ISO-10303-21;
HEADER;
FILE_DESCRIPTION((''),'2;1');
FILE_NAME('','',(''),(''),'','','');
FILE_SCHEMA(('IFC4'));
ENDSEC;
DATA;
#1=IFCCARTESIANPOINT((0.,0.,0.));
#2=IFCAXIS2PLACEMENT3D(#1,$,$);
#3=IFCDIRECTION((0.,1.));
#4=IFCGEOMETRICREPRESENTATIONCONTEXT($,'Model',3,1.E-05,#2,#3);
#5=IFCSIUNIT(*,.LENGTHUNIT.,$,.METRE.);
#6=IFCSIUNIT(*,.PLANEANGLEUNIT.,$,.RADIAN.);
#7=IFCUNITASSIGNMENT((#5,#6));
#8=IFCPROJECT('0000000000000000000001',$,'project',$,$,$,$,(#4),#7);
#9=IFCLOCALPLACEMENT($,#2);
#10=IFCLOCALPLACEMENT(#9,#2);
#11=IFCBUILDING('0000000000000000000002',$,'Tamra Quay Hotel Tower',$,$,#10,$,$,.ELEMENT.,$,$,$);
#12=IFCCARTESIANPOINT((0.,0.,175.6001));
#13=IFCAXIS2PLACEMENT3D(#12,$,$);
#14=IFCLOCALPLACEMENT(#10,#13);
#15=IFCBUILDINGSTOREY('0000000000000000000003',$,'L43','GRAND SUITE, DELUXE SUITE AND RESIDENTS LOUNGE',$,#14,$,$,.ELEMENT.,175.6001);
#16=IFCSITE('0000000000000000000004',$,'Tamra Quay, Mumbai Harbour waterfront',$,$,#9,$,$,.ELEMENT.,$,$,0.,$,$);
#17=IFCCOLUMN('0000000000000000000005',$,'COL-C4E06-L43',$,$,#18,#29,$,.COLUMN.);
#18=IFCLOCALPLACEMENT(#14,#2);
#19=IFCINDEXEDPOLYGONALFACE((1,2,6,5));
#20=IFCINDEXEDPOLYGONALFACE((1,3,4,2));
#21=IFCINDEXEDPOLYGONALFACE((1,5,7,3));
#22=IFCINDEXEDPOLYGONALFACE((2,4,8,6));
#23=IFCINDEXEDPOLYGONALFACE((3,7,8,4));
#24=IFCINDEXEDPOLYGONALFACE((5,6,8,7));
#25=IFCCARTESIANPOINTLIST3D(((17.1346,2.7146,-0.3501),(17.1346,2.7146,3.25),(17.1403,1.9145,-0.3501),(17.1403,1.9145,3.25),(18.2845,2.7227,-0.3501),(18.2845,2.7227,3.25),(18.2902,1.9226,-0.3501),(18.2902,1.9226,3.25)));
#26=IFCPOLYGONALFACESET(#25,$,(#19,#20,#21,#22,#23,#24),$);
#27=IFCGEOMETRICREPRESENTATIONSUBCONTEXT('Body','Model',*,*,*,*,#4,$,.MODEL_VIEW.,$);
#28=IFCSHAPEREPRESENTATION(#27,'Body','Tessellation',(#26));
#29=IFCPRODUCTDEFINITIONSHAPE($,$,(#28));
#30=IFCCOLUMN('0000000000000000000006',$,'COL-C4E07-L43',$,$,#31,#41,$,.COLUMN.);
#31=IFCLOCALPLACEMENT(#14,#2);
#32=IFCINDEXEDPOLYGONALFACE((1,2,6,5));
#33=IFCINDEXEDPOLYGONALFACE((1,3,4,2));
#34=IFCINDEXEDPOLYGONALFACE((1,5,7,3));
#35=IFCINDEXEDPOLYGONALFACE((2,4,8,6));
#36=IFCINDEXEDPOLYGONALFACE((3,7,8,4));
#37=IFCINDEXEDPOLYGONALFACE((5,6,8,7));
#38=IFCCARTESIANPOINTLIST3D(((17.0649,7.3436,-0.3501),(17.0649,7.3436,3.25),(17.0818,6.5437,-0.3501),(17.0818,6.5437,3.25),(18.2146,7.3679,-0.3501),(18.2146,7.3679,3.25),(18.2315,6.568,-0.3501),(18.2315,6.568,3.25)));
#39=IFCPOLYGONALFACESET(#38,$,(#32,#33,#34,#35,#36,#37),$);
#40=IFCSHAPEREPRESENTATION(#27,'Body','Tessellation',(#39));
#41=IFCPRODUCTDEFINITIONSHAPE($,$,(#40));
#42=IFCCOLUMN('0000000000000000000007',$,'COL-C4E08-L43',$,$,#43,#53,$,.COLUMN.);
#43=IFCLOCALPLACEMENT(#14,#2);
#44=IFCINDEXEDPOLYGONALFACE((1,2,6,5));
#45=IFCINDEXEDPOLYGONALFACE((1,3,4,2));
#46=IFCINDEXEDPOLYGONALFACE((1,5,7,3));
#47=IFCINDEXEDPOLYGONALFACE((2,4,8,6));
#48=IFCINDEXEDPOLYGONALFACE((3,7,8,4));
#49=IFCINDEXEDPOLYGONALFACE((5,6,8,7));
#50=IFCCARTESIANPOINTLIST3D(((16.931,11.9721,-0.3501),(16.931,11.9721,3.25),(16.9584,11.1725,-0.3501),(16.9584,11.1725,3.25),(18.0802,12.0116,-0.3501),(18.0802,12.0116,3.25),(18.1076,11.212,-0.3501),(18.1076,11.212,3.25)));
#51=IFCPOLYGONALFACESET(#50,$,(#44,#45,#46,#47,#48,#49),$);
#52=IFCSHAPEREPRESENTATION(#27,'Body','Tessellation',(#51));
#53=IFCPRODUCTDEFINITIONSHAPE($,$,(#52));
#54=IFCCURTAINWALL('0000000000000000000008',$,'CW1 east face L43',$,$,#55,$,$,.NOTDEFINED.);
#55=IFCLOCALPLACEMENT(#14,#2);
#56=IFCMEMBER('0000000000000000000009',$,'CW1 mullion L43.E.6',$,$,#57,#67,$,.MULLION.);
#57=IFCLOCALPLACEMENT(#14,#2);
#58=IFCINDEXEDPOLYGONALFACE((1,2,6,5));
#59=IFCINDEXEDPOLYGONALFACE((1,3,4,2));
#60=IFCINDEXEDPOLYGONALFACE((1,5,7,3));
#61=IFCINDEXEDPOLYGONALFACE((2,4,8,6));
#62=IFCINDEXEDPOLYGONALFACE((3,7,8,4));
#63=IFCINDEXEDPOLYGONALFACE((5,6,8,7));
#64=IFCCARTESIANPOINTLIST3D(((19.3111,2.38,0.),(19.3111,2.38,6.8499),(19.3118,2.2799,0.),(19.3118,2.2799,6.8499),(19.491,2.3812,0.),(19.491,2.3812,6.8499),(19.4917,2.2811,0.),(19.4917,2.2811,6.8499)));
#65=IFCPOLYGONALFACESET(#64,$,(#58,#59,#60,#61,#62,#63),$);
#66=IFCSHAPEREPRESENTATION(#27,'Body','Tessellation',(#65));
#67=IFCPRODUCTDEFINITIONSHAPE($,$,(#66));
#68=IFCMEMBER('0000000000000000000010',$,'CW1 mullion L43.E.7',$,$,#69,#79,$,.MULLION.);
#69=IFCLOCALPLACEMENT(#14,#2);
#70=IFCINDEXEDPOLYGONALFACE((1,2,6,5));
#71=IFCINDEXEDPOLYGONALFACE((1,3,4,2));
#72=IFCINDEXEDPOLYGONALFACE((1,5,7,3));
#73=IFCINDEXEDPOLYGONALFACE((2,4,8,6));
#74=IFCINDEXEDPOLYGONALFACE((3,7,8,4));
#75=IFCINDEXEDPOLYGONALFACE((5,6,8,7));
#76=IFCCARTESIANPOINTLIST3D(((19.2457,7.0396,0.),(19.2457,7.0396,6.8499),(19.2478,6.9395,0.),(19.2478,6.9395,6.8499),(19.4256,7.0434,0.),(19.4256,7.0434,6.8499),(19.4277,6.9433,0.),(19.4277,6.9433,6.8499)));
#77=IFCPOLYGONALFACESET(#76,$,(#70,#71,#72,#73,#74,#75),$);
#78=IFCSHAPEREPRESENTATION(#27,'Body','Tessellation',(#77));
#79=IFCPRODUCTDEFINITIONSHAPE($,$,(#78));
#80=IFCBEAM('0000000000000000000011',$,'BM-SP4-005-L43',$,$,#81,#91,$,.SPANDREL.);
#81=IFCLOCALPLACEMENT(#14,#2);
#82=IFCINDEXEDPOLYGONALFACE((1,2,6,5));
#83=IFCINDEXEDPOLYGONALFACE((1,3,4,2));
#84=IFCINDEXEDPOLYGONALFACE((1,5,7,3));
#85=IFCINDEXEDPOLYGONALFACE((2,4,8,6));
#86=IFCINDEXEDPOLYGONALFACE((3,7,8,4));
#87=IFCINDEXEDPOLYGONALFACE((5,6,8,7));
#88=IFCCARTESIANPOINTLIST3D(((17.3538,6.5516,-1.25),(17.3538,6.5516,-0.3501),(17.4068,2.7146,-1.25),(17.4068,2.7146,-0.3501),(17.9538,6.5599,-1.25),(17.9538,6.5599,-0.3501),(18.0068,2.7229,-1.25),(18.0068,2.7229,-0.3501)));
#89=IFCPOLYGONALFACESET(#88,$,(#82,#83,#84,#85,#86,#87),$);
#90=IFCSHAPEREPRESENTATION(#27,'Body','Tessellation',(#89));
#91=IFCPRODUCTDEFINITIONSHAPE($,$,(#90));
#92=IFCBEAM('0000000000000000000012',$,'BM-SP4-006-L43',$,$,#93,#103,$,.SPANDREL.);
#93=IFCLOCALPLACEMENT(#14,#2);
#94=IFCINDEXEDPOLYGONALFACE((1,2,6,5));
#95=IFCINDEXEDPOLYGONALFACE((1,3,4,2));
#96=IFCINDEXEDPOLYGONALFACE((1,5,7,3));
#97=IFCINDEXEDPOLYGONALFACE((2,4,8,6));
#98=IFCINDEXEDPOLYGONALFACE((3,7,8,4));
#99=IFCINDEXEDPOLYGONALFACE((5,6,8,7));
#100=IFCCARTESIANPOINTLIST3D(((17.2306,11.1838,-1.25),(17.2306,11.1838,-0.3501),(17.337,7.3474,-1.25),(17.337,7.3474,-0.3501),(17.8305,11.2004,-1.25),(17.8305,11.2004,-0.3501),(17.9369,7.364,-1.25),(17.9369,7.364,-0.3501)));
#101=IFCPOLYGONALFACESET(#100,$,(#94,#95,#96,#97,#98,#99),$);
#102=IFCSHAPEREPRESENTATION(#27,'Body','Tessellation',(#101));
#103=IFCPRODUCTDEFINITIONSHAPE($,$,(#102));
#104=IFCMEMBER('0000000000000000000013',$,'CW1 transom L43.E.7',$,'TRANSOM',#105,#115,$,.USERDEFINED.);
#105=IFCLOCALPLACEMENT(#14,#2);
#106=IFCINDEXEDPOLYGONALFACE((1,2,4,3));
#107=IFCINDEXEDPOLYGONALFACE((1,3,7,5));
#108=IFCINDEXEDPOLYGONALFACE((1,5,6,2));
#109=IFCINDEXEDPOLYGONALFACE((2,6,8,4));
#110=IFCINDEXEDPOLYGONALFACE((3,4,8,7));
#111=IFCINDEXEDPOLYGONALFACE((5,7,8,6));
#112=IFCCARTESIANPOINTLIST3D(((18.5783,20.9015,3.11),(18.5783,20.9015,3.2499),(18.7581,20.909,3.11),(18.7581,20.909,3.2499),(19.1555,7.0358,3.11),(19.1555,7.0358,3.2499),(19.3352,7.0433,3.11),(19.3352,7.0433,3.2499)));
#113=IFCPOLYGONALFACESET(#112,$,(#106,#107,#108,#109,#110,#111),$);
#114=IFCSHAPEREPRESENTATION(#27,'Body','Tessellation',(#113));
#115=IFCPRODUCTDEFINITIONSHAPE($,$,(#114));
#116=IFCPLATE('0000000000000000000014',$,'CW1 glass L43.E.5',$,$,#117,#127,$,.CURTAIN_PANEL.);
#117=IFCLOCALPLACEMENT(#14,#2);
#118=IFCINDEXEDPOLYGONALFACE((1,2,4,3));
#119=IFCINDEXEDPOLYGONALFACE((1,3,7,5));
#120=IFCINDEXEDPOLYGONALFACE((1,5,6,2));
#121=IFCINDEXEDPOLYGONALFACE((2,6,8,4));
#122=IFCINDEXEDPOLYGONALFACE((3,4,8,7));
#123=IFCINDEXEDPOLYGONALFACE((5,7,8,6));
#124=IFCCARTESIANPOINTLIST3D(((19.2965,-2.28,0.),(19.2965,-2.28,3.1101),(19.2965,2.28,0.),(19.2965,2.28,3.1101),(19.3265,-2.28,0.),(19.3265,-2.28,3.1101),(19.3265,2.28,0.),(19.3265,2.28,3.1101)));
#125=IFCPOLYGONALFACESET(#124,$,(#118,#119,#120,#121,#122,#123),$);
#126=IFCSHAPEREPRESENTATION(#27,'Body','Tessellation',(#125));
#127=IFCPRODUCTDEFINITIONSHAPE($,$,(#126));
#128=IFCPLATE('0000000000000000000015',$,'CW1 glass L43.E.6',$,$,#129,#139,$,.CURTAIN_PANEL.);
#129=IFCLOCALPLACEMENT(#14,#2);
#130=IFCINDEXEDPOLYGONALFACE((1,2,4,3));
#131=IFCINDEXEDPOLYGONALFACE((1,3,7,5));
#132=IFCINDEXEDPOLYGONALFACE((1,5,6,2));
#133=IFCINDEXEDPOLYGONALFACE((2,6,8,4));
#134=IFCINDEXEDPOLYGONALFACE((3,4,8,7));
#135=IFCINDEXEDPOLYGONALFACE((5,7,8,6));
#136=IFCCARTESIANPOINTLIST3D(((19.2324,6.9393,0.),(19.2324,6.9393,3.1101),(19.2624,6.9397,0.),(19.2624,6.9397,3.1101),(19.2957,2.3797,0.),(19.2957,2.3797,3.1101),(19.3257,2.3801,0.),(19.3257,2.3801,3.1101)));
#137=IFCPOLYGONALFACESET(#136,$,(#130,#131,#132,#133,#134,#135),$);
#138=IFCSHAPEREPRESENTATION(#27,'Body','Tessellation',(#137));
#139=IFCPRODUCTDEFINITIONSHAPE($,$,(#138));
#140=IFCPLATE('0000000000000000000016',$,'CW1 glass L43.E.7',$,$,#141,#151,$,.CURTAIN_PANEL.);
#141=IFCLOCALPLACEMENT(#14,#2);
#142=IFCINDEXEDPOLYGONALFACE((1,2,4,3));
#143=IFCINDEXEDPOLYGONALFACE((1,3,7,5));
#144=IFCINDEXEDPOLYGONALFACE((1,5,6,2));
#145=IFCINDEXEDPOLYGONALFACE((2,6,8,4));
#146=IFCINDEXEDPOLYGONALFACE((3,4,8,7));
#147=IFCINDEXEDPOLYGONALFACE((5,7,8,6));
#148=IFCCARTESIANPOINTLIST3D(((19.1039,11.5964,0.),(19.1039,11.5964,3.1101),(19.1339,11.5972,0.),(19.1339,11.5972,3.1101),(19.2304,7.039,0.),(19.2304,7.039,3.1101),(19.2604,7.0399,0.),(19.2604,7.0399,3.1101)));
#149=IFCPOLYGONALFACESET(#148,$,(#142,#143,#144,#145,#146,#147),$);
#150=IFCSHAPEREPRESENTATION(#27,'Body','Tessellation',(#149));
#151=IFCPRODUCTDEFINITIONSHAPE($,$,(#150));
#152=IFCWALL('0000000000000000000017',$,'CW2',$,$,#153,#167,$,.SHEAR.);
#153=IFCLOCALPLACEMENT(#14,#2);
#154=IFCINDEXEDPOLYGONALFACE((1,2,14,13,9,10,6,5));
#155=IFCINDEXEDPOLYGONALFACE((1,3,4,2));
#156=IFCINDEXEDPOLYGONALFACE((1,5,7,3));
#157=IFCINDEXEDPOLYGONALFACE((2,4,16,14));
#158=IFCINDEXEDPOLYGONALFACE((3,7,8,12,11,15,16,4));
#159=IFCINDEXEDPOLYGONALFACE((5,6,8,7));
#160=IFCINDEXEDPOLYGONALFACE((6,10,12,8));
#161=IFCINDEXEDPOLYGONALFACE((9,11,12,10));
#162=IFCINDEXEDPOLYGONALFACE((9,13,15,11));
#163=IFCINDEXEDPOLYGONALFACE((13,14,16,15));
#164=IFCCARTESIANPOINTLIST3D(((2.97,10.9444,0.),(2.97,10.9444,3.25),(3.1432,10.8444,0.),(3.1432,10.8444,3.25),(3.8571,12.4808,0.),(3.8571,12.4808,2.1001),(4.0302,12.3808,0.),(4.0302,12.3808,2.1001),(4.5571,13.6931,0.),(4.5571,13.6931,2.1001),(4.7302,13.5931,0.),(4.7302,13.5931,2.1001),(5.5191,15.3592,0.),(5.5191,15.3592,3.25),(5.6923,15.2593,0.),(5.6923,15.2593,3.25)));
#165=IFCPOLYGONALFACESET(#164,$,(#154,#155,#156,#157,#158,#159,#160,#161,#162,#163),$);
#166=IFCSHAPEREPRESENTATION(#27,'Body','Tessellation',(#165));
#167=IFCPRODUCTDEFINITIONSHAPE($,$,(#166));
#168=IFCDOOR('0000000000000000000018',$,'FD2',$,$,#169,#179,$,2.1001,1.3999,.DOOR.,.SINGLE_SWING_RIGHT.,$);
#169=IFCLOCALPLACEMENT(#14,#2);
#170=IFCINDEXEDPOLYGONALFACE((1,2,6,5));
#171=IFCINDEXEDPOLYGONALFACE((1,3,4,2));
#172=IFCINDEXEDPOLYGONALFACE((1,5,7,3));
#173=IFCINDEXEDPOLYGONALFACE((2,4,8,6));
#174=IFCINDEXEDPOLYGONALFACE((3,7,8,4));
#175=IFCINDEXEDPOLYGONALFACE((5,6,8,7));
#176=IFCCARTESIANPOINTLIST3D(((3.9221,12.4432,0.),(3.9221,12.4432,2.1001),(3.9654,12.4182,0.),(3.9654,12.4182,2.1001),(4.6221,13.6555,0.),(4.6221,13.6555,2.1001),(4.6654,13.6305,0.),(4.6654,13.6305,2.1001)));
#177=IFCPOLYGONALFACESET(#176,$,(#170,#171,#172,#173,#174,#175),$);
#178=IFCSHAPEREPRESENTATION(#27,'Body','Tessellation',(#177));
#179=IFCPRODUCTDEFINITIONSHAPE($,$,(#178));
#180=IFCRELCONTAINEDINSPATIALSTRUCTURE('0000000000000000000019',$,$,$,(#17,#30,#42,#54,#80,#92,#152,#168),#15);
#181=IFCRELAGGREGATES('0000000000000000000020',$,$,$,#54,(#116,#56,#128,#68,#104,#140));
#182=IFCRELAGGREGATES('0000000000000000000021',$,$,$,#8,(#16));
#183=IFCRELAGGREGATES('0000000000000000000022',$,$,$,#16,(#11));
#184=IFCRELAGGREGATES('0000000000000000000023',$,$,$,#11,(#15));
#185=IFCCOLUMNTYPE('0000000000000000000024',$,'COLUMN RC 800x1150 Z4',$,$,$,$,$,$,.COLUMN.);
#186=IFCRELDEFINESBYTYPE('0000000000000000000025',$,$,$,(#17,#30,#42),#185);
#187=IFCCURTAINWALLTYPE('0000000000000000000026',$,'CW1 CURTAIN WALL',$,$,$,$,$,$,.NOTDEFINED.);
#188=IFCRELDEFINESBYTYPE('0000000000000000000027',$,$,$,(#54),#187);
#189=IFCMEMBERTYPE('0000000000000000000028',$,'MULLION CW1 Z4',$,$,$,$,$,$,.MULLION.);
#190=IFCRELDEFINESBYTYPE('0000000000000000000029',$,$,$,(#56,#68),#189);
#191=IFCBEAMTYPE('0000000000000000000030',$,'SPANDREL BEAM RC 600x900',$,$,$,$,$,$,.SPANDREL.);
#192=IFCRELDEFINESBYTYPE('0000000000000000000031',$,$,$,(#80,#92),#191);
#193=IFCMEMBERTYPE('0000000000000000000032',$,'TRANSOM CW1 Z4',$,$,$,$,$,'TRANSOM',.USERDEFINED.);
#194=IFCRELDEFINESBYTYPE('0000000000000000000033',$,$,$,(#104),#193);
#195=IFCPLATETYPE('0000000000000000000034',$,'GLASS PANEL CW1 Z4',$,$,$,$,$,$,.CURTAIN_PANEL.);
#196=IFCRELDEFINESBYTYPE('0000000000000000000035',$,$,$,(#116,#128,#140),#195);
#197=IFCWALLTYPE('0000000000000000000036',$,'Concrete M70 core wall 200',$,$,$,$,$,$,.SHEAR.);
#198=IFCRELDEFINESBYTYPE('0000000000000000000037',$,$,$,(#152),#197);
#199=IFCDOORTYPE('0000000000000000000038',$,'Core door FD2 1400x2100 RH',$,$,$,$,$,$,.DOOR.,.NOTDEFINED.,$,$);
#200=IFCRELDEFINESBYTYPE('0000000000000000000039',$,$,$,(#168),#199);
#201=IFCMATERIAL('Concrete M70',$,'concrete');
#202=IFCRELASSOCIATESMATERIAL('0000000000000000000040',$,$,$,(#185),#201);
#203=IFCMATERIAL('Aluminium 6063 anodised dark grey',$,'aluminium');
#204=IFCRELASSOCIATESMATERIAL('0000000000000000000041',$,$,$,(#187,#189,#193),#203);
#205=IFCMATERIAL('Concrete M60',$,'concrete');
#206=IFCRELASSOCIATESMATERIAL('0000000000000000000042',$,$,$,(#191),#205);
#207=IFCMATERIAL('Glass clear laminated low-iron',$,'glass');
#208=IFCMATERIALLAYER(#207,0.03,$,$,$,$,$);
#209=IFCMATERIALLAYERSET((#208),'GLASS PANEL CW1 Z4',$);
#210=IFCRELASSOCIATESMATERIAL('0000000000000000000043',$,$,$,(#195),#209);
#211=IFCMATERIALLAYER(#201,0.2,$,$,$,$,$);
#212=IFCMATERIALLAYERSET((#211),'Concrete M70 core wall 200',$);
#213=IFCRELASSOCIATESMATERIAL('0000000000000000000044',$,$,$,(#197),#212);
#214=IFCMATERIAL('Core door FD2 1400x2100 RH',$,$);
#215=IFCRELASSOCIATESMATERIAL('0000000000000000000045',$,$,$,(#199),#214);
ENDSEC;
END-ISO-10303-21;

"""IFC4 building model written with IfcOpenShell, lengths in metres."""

from ifc_helpers import new_model, si_unit, direction, frame, frame_2d, origin, origin_2d, place, context, subcontext, project, spatial, rectangle, extrude, material, layer, layer_set, material_profile, profile_set, type_object, element, fill, aggregate, save


model = new_model("IFC4")

# Units and contexts
model_context = context("Model", 3, precision=1e-05, world=origin(), true_north=direction((0.0, 1.0)))
body_context = subcontext(model_context, "Body", "Model", "MODEL_VIEW")
ifc_project = project(units=[si_unit("LENGTHUNIT", "METRE"), si_unit("PLANEANGLEUNIT", "RADIAN")], contexts=[model_context])

# Site, building, storey
site_placement = place(None, origin())
site = spatial("IfcSite", under=ifc_project, at=site_placement, Name="Tamra Quay, Mumbai Harbour waterfront", CompositionType="ELEMENT", RefElevation=0.0)
building_placement = place(site_placement, origin())
building = spatial("IfcBuilding", under=site, at=building_placement, Name="Tamra Quay Hotel Tower", CompositionType="ELEMENT")
storey_placement = place(building_placement, frame((0.0, 0.0, 175.6001)))
storey = spatial("IfcBuildingStorey", under=building, at=storey_placement, Name="L43", Description="GRAND SUITE, DELUXE SUITE AND RESIDENTS LOUNGE", CompositionType="ELEMENT", Elevation=175.6001)

# Columns
ifc_material_1 = material(Name="Concrete M70", Category="concrete")
ifc_material_profile_1 = material_profile(ifc_material_1, rectangle(XDim=1.1499, YDim=0.8, at=origin_2d()), Name="COLUMN RC 800x1150 Z4")
ifc_profile_set_1 = profile_set([ifc_material_profile_1], Name="Concrete M70")
column_type = type_object("IfcColumnType", Name="COLUMN RC 800x1150 Z4", PredefinedType="COLUMN", material=ifc_profile_set_1)
for number, where, z_axis, x_axis, name in (
    (1, (17.7124, 2.3186, -0.3501), (0.0, 0.0, 1.0), (0.999975, 0.007041, 0.0), "COL-C4E06-L43"),
    (2, (17.6482, 6.9558, -0.3501), (0.0, 0.0, 1.0), (0.999777, 0.021115, 0.0), "COL-C4E07-L43"),
    (3, (17.5193, 11.592, -0.3501), (0.0, 0.0, 1.0), (0.999412, 0.034299, 0.0), "COL-C4E08-L43"),
):
    element("IfcColumn", number, at=place(storey_placement, frame(where, z_axis=z_axis, x_axis=x_axis)), inside=storey, type_object=column_type, Name=name, PredefinedType="COLUMN", context=body_context, shape_type="SweptSolid", body=[
        extrude(rectangle(XDim=1.1499, YDim=0.8, at=origin_2d()), origin(), (0.0, 0.0, 1.0), 3.6001),
    ])

# Curtain wall, members
ifc_material_2 = material(Name="Aluminium 6063 anodised dark grey", Category="aluminium")
curtain_wall_type = type_object("IfcCurtainWallType", Name="CW1 CURTAIN WALL", PredefinedType="NOTDEFINED", material=ifc_material_2)
curtain_wall_placement = place(storey_placement, origin())
curtain_wall = element("IfcCurtainWall", 4, at=curtain_wall_placement, inside=storey, type_object=curtain_wall_type, Name="CW1 east face L43", PredefinedType="NOTDEFINED")
ifc_material_profile_2 = material_profile(ifc_material_2, rectangle(XDim=0.1799, YDim=0.1001, at=origin_2d()), Name="MULLION 100X180")
ifc_profile_set_2 = profile_set([ifc_material_profile_2], Name="Aluminium 6063 anodised dark grey")
member_type_1 = type_object("IfcMemberType", Name="MULLION CW1 Z4", PredefinedType="MULLION", material=ifc_profile_set_2)
member_1_placement = place(storey_placement, frame((19.4014, 2.3306, 0.0), z_axis=(0.0, 0.0, 1.0), x_axis=(0.999976, 0.006943, 0.0)))
member_1 = element("IfcMember", 5, at=member_1_placement, type_object=member_type_1, Name="CW1 mullion L43.E.6", PredefinedType="MULLION", context=body_context, shape_type="SweptSolid", body=[
    extrude(rectangle(XDim=0.1799, YDim=0.1001, at=origin_2d()), origin(), (0.0, 0.0, 1.0), 6.8499),
])
member_2_placement = place(storey_placement, frame((19.3367, 6.9915, 0.0), z_axis=(0.0, 0.0, 1.0), x_axis=(0.999783, 0.02082, 0.0)))
member_2 = element("IfcMember", 6, at=member_2_placement, type_object=member_type_1, Name="CW1 mullion L43.E.7", PredefinedType="MULLION", context=body_context, shape_type="SweptSolid", body=[
    extrude(rectangle(XDim=0.1799, YDim=0.1001, at=origin_2d()), origin(), (0.0, 0.0, 1.0), 6.8499),
])

# Beams
ifc_material_3 = material(Name="Concrete M60", Category="concrete")
ifc_material_profile_3 = material_profile(ifc_material_3, rectangle(XDim=0.6001, YDim=0.8999, at=origin_2d()), Name="SPANDREL BEAM RC 600x900")
ifc_profile_set_3 = profile_set([ifc_material_profile_3], Name="Concrete M60")
beam_type = type_object("IfcBeamType", Name="SPANDREL BEAM RC 600x900", PredefinedType="SPANDREL", material=ifc_profile_set_3)
beam_1_placement = place(storey_placement, frame((17.7068, 2.7188, -0.8), z_axis=(-0.013805, 0.999905, 0.0), x_axis=(-0.999905, -0.013805, 0.0)))
element("IfcBeam", 7, at=beam_1_placement, inside=storey, type_object=beam_type, Name="BM-SP4-005-L43", PredefinedType="SPANDREL", context=body_context, shape_type="SweptSolid", body=[
    extrude(rectangle(XDim=0.6001, YDim=0.8999, at=origin_2d()), origin(), (0.0, 0.0, 1.0), 3.8374),
])
beam_2_placement = place(storey_placement, frame((17.637, 7.3557, -0.8), z_axis=(-0.027735, 0.999615, 0.0), x_axis=(-0.999615, -0.027735, 0.0)))
element("IfcBeam", 8, at=beam_2_placement, inside=storey, type_object=beam_type, Name="BM-SP4-006-L43", PredefinedType="SPANDREL", context=body_context, shape_type="SweptSolid", body=[
    extrude(rectangle(XDim=0.6001, YDim=0.8999, at=origin_2d()), origin(), (0.0, 0.0, 1.0), 3.8379),
])

# Member
ifc_material_profile_4 = material_profile(ifc_material_2, rectangle(XDim=0.1799, YDim=0.1399, at=origin_2d()), Name="TRANSOM 180X140")
ifc_profile_set_4 = profile_set([ifc_material_profile_4], Name="Aluminium 6063 anodised dark grey")
member_type_2 = type_object("IfcMemberType", Name="TRANSOM CW1 Z4", ElementType="TRANSOM", PredefinedType="USERDEFINED", material=ifc_profile_set_4)
member_3_placement = place(storey_placement, frame((19.2454, 7.0396, 3.1799), z_axis=(-0.041588, 0.999135, 0.0), x_axis=(-0.999135, -0.041588, 0.0)))
member_3 = element("IfcMember", 9, at=member_3_placement, type_object=member_type_2, Name="CW1 transom L43.E.7", ObjectType="TRANSOM", PredefinedType="USERDEFINED", context=body_context, shape_type="SweptSolid", body=[
    extrude(rectangle(XDim=0.1799, YDim=0.1399, at=origin_2d()), origin(), (0.0, 0.0, 1.0), 13.8777),
])

# Plates
ifc_material_4 = material(Name="Glass clear laminated low-iron", Category="glass")
ifc_layer_1 = layer(ifc_material_4, 0.03)
ifc_layer_set_1 = layer_set([ifc_layer_1], Name="GLASS PANEL CW1 Z4")
plate_type = type_object("IfcPlateType", Name="GLASS PANEL CW1 Z4", PredefinedType="CURTAIN_PANEL", material=ifc_layer_set_1)
plate_1_placement = place(storey_placement, frame((19.3115, 0.0, 0.0), z_axis=(0.0, 0.0, 1.0), x_axis=(0.0, 1.0, 0.0)))
plate_1 = element("IfcPlate", 10, at=plate_1_placement, type_object=plate_type, Name="CW1 glass L43.E.5", PredefinedType="CURTAIN_PANEL", context=body_context, shape_type="SweptSolid", body=[
    extrude(rectangle(XDim=4.5601, YDim=0.03, at=origin_2d()), origin(), (0.0, 0.0, 1.0), 3.1101),
])
plate_2_placement = place(storey_placement, frame((19.2791, 4.6597, 0.0), z_axis=(0.0, 0.0, 1.0), x_axis=(-0.013886, 0.999904, 0.0)))
plate_2 = element("IfcPlate", 11, at=plate_2_placement, type_object=plate_type, Name="CW1 glass L43.E.6", PredefinedType="CURTAIN_PANEL", context=body_context, shape_type="SweptSolid", body=[
    extrude(rectangle(XDim=4.5601, YDim=0.03, at=origin_2d()), origin(), (0.0, 0.0, 1.0), 3.1101),
])
plate_3_placement = place(storey_placement, frame((19.1821, 9.3181, 0.0), z_axis=(0.0, 0.0, 1.0), x_axis=(-0.027754, 0.999615, 0.0)))
plate_3 = element("IfcPlate", 12, at=plate_3_placement, type_object=plate_type, Name="CW1 glass L43.E.7", PredefinedType="CURTAIN_PANEL", context=body_context, shape_type="SweptSolid", body=[
    extrude(rectangle(XDim=4.5591, YDim=0.03, at=origin_2d()), origin(), (0.0, 0.0, 1.0), 3.1101),
])
aggregate(curtain_wall, [plate_1, member_1, plate_2, member_2, member_3, plate_3])

# Wall, opening, door
ifc_layer_2 = layer(ifc_material_1, 0.2)
ifc_layer_set_2 = layer_set([ifc_layer_2], Name="Concrete M70 core wall 200")
wall_type_1 = type_object("IfcWallType", Name="Concrete M70 core wall 200", PredefinedType="SHEAR", material=ifc_layer_set_2)
wall_1_placement = place(storey_placement, frame((3.0566, 10.8945, 0.0), z_axis=(0.0, 0.0, 1.0), x_axis=(0.500028, 0.866009, 0.0)))
wall_1 = element("IfcWall", 13, at=wall_1_placement, inside=storey, type_object=wall_type_1, Name="CW2", PredefinedType="SHEAR", context=body_context, shape_type="SweptSolid", body=[
    extrude(rectangle(XDim=5.0979, YDim=0.2, at=frame_2d((2.5488, 0.0))), origin(), (0.0, 0.0, 1.0), 3.25),
])
opening_1_placement = place(wall_1_placement, frame((1.7739, 0.0, 0.0)))
opening_1 = element("IfcOpeningElement", 14, at=opening_1_placement, cuts=wall_1, PredefinedType="OPENING", context=body_context, shape_type="SweptSolid", body=[
    extrude(rectangle(XDim=1.3999, YDim=2.1001, at=frame_2d((0.7, 1.05))), frame((0.0, 0.1099, 0.0), z_axis=(0.0, -1.0, 0.0), x_axis=(1.0, 0.0, 0.0)), (0.0, 0.0, 1.0), 0.22),
])
ifc_material_5 = material(Name="Core door FD2 1400x2100 RH")
door_type_1 = type_object("IfcDoorType", Name="Core door FD2 1400x2100 RH", OperationType="NOTDEFINED", PredefinedType="DOOR", material=ifc_material_5)
door_1_placement = place(opening_1_placement, origin())
door_1 = element("IfcDoor", 15, at=door_1_placement, inside=storey, type_object=door_type_1, Name="FD2", OperationType="SINGLE_SWING_RIGHT", OverallHeight=2.1001, OverallWidth=1.3999, PredefinedType="DOOR", context=body_context, shape_type="SweptSolid", body=[
    extrude(rectangle(XDim=1.3999, YDim=2.1001, at=frame_2d((0.7, 1.05))), frame((0.0, 0.0249, 0.0), z_axis=(0.0, -1.0, 0.0), x_axis=(1.0, 0.0, 0.0)), (0.0, 0.0, 1.0), 0.05),
])
fill(opening_1, door_1)

save(model, "model.ifc")
